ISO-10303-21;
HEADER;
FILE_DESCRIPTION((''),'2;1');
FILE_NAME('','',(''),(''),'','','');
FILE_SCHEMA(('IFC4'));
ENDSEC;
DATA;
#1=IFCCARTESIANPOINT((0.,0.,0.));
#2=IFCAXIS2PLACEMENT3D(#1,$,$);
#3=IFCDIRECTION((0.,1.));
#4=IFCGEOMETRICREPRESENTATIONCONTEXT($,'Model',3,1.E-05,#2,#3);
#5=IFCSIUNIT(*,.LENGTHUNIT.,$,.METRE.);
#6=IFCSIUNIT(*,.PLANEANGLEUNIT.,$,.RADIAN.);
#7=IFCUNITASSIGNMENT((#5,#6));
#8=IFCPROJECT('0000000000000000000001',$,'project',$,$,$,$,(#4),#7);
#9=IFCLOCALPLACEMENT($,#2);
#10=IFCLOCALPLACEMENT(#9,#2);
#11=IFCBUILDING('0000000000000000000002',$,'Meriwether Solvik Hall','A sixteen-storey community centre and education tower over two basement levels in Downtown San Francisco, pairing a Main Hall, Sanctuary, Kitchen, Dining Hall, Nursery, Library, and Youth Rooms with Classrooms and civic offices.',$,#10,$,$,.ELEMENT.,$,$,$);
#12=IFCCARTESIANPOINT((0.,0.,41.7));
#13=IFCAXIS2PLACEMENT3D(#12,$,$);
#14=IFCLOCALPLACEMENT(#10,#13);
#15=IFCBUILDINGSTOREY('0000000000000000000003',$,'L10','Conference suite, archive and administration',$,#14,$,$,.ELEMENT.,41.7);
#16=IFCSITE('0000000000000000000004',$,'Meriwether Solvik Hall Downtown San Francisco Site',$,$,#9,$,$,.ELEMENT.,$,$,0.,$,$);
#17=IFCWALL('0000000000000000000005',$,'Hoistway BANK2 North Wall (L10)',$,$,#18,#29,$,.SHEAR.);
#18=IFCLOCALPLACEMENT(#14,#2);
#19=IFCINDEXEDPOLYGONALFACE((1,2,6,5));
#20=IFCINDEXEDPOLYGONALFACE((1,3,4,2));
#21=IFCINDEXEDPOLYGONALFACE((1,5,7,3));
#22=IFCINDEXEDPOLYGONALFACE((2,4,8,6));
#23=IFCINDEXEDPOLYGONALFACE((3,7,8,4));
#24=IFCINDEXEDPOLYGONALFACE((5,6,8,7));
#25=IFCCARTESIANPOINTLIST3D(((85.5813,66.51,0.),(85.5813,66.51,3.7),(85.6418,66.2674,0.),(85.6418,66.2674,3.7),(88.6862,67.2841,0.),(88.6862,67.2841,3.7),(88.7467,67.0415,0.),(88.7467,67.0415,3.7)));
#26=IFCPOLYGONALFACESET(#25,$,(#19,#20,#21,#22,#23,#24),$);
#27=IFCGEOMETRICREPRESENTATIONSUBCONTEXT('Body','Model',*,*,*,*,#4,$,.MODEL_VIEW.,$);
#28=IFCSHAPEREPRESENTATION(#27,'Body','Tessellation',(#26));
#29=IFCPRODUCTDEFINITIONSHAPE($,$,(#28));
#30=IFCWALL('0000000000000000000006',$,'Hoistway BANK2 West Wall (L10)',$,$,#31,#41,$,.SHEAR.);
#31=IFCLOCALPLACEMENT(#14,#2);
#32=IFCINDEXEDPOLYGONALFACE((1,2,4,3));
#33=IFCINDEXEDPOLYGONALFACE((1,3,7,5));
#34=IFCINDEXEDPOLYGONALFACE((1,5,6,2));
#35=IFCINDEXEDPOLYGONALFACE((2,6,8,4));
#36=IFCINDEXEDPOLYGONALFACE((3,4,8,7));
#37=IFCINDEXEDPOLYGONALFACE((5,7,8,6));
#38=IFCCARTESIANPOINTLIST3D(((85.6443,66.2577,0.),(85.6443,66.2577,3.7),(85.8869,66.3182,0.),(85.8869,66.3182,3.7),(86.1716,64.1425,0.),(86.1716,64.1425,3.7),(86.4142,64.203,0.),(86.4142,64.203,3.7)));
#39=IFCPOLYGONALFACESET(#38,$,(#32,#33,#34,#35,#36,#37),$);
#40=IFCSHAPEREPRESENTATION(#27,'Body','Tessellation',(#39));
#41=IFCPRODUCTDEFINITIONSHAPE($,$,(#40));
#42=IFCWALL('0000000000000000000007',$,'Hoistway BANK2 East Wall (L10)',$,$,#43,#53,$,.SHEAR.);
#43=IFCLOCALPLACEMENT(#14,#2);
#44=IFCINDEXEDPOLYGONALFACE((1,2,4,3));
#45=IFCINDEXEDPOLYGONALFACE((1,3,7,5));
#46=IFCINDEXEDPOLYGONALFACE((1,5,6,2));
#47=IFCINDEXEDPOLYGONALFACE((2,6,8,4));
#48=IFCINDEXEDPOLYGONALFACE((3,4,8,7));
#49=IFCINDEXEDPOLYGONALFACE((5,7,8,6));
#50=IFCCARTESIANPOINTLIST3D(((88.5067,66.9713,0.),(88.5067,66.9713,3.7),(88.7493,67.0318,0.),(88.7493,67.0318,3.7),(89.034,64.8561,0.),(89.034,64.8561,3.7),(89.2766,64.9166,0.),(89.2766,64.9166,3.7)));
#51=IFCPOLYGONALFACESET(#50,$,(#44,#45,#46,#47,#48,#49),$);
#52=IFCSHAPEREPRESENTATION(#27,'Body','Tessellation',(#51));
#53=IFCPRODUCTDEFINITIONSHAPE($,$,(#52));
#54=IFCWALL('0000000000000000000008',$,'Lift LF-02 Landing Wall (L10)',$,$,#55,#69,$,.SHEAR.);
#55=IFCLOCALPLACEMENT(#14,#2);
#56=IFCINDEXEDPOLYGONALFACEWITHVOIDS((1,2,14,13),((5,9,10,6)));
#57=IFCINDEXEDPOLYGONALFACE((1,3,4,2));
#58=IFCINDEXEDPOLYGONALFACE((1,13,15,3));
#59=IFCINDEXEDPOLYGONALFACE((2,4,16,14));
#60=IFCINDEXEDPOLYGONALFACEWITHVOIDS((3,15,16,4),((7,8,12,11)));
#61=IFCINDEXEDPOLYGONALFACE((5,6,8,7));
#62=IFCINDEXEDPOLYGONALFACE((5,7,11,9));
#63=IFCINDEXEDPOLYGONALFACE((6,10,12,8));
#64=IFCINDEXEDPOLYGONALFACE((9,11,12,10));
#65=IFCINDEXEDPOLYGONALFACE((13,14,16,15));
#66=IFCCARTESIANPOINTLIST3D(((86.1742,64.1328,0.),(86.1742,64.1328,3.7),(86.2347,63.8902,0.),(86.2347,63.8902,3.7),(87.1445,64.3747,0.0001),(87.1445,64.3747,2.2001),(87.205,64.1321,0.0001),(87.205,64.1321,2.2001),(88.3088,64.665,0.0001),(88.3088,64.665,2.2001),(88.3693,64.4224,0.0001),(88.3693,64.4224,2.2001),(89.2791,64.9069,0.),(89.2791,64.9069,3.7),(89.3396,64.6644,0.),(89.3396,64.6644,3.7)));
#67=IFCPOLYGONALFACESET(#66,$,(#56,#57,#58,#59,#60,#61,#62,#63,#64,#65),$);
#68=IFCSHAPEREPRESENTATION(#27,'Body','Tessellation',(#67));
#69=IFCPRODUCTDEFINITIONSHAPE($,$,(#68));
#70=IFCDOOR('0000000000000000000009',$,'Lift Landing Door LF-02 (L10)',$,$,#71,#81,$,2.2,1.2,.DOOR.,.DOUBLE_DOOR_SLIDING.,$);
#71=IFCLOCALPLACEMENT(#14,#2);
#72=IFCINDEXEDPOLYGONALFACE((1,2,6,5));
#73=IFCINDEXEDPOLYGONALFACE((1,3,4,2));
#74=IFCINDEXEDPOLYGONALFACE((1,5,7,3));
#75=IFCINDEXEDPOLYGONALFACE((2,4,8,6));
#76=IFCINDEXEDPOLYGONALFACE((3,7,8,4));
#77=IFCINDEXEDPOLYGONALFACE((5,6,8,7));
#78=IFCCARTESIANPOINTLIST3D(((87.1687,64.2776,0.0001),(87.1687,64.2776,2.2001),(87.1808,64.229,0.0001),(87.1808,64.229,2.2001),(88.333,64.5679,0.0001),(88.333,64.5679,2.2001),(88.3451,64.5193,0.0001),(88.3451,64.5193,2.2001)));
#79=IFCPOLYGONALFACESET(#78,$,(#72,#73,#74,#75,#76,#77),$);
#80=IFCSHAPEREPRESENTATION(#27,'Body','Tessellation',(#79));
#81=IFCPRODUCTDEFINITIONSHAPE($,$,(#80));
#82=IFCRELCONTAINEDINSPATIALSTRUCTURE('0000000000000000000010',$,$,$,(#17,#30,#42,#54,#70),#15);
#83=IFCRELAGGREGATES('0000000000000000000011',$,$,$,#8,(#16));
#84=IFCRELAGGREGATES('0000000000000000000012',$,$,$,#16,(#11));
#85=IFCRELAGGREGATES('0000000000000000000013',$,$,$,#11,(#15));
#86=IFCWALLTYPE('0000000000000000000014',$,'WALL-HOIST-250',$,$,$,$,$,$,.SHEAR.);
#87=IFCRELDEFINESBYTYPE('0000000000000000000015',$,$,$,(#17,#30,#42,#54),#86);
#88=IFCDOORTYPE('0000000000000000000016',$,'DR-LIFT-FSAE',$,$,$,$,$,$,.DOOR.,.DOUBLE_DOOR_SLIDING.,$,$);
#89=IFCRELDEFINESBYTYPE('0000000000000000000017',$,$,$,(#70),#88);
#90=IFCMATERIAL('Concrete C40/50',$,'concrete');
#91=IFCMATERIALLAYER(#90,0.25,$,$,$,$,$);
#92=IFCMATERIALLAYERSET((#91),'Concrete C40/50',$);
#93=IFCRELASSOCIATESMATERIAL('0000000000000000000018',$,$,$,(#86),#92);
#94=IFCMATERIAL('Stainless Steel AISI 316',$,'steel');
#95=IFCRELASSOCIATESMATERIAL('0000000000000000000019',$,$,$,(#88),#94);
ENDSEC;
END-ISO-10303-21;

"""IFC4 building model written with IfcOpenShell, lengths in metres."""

from ifc_helpers import new_model, si_unit, direction, frame, frame_2d, origin, place, context, subcontext, project, spatial, rectangle, extrude, material, layer, layer_set, type_object, element, fill, save


model = new_model("IFC4")

# Units and contexts
model_context = context("Model", 3, precision=1e-05, world=origin(), true_north=direction((0.0, 1.0)))
body_context = subcontext(model_context, "Body", "Model", "MODEL_VIEW")
ifc_project = project(units=[si_unit("LENGTHUNIT", "METRE"), si_unit("PLANEANGLEUNIT", "RADIAN")], contexts=[model_context])

# Site, building, storey
site_placement = place(None, origin())
site = spatial("IfcSite", under=ifc_project, at=site_placement, Name="Meriwether Solvik Hall Downtown San Francisco Site", CompositionType="ELEMENT", RefElevation=0.0)
building_placement = place(site_placement, origin())
building = spatial("IfcBuilding", under=site, at=building_placement, Name="Meriwether Solvik Hall", Description="A sixteen-storey community centre and education tower over two basement levels in Downtown San Francisco, pairing a Main Hall, Sanctuary, Kitchen, Dining Hall, Nursery, Library, and Youth Rooms with Classrooms and civic offices.", CompositionType="ELEMENT")
storey_placement = place(building_placement, frame((0.0, 0.0, 41.7)))
storey = spatial("IfcBuildingStorey", under=building, at=storey_placement, Name="L10", Description="Conference suite, archive and administration", CompositionType="ELEMENT", Elevation=41.7)

# Walls
ifc_material_1 = material(Name="Concrete C40/50", Category="concrete")
ifc_layer_1 = layer(ifc_material_1, 0.25)
ifc_layer_set_1 = layer_set([ifc_layer_1], Name="Concrete C40/50")
wall_type_1 = type_object("IfcWallType", Name="WALL-HOIST-250", PredefinedType="SHEAR", material=ifc_layer_set_1)
wall_1_placement = place(storey_placement, frame((88.7166, 67.1628, 0.0), z_axis=(0.0, 0.0, 1.0), x_axis=(-0.970295, -0.241925, 0.0)))
element("IfcWall", 1, at=wall_1_placement, inside=storey, type_object=wall_type_1, Name="Hoistway BANK2 North Wall (L10)", PredefinedType="SHEAR", context=body_context, shape_type="SweptSolid", body=[
    extrude(rectangle(XDim=3.2, YDim=0.25, at=frame_2d((1.6001, 0.0))), origin(), (0.0, 0.0, 1.0), 3.7),
])
for number, where, z_axis, x_axis, name in (
    (2, (85.7656, 66.2878, 0.0), (0.0, 0.0, 1.0), (0.241903, -0.9703, 0.0), "Hoistway BANK2 West Wall (L10)"),
    (3, (89.1553, 64.8865, 0.0), (0.0, 0.0, 1.0), (-0.241903, 0.9703, 0.0), "Hoistway BANK2 East Wall (L10)"),
):
    element("IfcWall", number, at=place(storey_placement, frame(where, z_axis=z_axis, x_axis=x_axis)), inside=storey, type_object=wall_type_1, Name=name, PredefinedType="SHEAR", context=body_context, shape_type="SweptSolid", body=[
        extrude(rectangle(XDim=2.1799, YDim=0.25, at=frame_2d((1.0898, 0.0))), origin(), (0.0, 0.0, 1.0), 3.7),
    ])

# Wall, opening, door
wall_2_placement = place(storey_placement, frame((86.2043, 64.0115, 0.0), z_axis=(0.0, 0.0, 1.0), x_axis=(0.970295, 0.241925, 0.0)))
wall_2 = element("IfcWall", 4, at=wall_2_placement, inside=storey, type_object=wall_type_1, Name="Lift LF-02 Landing Wall (L10)", PredefinedType="SHEAR", context=body_context, shape_type="SweptSolid", body=[
    extrude(rectangle(XDim=3.2, YDim=0.25, at=frame_2d((1.6001, 0.0))), origin(), (0.0, 0.0, 1.0), 3.7),
])
opening_placement = place(wall_2_placement, frame((1.0, 0.0, 0.0)))
opening = element("IfcOpeningElement", 5, at=opening_placement, cuts=wall_2, PredefinedType="OPENING", context=body_context, shape_type="SweptSolid", body=[
    extrude(rectangle(XDim=1.2, YDim=2.2, at=frame_2d((0.6001, 1.1001))), frame((0.0, 0.137, 0.0), z_axis=(0.0, -1.0, 0.0), x_axis=(1.0, 0.0, 0.0)), (0.0, 0.0, 1.0), 0.2739),
])
ifc_material_2 = material(Name="Stainless Steel AISI 316", Category="steel")
door_type = type_object("IfcDoorType", Name="DR-LIFT-FSAE", OperationType="DOUBLE_DOOR_SLIDING", PredefinedType="DOOR", material=ifc_material_2)
door_placement = place(opening_placement, origin())
door = element("IfcDoor", 6, at=door_placement, inside=storey, type_object=door_type, Name="Lift Landing Door LF-02 (L10)", OperationType="DOUBLE_DOOR_SLIDING", OverallHeight=2.2, OverallWidth=1.2, PredefinedType="DOOR", context=body_context, shape_type="SweptSolid", body=[
    extrude(rectangle(XDim=1.2, YDim=2.2, at=frame_2d((0.6001, 1.1001))), frame((0.0, 0.0249, 0.0), z_axis=(0.0, -1.0, 0.0), x_axis=(1.0, 0.0, 0.0)), (0.0, 0.0, 1.0), 0.05),
])
fill(opening, door)

save(model, "model.ifc")
